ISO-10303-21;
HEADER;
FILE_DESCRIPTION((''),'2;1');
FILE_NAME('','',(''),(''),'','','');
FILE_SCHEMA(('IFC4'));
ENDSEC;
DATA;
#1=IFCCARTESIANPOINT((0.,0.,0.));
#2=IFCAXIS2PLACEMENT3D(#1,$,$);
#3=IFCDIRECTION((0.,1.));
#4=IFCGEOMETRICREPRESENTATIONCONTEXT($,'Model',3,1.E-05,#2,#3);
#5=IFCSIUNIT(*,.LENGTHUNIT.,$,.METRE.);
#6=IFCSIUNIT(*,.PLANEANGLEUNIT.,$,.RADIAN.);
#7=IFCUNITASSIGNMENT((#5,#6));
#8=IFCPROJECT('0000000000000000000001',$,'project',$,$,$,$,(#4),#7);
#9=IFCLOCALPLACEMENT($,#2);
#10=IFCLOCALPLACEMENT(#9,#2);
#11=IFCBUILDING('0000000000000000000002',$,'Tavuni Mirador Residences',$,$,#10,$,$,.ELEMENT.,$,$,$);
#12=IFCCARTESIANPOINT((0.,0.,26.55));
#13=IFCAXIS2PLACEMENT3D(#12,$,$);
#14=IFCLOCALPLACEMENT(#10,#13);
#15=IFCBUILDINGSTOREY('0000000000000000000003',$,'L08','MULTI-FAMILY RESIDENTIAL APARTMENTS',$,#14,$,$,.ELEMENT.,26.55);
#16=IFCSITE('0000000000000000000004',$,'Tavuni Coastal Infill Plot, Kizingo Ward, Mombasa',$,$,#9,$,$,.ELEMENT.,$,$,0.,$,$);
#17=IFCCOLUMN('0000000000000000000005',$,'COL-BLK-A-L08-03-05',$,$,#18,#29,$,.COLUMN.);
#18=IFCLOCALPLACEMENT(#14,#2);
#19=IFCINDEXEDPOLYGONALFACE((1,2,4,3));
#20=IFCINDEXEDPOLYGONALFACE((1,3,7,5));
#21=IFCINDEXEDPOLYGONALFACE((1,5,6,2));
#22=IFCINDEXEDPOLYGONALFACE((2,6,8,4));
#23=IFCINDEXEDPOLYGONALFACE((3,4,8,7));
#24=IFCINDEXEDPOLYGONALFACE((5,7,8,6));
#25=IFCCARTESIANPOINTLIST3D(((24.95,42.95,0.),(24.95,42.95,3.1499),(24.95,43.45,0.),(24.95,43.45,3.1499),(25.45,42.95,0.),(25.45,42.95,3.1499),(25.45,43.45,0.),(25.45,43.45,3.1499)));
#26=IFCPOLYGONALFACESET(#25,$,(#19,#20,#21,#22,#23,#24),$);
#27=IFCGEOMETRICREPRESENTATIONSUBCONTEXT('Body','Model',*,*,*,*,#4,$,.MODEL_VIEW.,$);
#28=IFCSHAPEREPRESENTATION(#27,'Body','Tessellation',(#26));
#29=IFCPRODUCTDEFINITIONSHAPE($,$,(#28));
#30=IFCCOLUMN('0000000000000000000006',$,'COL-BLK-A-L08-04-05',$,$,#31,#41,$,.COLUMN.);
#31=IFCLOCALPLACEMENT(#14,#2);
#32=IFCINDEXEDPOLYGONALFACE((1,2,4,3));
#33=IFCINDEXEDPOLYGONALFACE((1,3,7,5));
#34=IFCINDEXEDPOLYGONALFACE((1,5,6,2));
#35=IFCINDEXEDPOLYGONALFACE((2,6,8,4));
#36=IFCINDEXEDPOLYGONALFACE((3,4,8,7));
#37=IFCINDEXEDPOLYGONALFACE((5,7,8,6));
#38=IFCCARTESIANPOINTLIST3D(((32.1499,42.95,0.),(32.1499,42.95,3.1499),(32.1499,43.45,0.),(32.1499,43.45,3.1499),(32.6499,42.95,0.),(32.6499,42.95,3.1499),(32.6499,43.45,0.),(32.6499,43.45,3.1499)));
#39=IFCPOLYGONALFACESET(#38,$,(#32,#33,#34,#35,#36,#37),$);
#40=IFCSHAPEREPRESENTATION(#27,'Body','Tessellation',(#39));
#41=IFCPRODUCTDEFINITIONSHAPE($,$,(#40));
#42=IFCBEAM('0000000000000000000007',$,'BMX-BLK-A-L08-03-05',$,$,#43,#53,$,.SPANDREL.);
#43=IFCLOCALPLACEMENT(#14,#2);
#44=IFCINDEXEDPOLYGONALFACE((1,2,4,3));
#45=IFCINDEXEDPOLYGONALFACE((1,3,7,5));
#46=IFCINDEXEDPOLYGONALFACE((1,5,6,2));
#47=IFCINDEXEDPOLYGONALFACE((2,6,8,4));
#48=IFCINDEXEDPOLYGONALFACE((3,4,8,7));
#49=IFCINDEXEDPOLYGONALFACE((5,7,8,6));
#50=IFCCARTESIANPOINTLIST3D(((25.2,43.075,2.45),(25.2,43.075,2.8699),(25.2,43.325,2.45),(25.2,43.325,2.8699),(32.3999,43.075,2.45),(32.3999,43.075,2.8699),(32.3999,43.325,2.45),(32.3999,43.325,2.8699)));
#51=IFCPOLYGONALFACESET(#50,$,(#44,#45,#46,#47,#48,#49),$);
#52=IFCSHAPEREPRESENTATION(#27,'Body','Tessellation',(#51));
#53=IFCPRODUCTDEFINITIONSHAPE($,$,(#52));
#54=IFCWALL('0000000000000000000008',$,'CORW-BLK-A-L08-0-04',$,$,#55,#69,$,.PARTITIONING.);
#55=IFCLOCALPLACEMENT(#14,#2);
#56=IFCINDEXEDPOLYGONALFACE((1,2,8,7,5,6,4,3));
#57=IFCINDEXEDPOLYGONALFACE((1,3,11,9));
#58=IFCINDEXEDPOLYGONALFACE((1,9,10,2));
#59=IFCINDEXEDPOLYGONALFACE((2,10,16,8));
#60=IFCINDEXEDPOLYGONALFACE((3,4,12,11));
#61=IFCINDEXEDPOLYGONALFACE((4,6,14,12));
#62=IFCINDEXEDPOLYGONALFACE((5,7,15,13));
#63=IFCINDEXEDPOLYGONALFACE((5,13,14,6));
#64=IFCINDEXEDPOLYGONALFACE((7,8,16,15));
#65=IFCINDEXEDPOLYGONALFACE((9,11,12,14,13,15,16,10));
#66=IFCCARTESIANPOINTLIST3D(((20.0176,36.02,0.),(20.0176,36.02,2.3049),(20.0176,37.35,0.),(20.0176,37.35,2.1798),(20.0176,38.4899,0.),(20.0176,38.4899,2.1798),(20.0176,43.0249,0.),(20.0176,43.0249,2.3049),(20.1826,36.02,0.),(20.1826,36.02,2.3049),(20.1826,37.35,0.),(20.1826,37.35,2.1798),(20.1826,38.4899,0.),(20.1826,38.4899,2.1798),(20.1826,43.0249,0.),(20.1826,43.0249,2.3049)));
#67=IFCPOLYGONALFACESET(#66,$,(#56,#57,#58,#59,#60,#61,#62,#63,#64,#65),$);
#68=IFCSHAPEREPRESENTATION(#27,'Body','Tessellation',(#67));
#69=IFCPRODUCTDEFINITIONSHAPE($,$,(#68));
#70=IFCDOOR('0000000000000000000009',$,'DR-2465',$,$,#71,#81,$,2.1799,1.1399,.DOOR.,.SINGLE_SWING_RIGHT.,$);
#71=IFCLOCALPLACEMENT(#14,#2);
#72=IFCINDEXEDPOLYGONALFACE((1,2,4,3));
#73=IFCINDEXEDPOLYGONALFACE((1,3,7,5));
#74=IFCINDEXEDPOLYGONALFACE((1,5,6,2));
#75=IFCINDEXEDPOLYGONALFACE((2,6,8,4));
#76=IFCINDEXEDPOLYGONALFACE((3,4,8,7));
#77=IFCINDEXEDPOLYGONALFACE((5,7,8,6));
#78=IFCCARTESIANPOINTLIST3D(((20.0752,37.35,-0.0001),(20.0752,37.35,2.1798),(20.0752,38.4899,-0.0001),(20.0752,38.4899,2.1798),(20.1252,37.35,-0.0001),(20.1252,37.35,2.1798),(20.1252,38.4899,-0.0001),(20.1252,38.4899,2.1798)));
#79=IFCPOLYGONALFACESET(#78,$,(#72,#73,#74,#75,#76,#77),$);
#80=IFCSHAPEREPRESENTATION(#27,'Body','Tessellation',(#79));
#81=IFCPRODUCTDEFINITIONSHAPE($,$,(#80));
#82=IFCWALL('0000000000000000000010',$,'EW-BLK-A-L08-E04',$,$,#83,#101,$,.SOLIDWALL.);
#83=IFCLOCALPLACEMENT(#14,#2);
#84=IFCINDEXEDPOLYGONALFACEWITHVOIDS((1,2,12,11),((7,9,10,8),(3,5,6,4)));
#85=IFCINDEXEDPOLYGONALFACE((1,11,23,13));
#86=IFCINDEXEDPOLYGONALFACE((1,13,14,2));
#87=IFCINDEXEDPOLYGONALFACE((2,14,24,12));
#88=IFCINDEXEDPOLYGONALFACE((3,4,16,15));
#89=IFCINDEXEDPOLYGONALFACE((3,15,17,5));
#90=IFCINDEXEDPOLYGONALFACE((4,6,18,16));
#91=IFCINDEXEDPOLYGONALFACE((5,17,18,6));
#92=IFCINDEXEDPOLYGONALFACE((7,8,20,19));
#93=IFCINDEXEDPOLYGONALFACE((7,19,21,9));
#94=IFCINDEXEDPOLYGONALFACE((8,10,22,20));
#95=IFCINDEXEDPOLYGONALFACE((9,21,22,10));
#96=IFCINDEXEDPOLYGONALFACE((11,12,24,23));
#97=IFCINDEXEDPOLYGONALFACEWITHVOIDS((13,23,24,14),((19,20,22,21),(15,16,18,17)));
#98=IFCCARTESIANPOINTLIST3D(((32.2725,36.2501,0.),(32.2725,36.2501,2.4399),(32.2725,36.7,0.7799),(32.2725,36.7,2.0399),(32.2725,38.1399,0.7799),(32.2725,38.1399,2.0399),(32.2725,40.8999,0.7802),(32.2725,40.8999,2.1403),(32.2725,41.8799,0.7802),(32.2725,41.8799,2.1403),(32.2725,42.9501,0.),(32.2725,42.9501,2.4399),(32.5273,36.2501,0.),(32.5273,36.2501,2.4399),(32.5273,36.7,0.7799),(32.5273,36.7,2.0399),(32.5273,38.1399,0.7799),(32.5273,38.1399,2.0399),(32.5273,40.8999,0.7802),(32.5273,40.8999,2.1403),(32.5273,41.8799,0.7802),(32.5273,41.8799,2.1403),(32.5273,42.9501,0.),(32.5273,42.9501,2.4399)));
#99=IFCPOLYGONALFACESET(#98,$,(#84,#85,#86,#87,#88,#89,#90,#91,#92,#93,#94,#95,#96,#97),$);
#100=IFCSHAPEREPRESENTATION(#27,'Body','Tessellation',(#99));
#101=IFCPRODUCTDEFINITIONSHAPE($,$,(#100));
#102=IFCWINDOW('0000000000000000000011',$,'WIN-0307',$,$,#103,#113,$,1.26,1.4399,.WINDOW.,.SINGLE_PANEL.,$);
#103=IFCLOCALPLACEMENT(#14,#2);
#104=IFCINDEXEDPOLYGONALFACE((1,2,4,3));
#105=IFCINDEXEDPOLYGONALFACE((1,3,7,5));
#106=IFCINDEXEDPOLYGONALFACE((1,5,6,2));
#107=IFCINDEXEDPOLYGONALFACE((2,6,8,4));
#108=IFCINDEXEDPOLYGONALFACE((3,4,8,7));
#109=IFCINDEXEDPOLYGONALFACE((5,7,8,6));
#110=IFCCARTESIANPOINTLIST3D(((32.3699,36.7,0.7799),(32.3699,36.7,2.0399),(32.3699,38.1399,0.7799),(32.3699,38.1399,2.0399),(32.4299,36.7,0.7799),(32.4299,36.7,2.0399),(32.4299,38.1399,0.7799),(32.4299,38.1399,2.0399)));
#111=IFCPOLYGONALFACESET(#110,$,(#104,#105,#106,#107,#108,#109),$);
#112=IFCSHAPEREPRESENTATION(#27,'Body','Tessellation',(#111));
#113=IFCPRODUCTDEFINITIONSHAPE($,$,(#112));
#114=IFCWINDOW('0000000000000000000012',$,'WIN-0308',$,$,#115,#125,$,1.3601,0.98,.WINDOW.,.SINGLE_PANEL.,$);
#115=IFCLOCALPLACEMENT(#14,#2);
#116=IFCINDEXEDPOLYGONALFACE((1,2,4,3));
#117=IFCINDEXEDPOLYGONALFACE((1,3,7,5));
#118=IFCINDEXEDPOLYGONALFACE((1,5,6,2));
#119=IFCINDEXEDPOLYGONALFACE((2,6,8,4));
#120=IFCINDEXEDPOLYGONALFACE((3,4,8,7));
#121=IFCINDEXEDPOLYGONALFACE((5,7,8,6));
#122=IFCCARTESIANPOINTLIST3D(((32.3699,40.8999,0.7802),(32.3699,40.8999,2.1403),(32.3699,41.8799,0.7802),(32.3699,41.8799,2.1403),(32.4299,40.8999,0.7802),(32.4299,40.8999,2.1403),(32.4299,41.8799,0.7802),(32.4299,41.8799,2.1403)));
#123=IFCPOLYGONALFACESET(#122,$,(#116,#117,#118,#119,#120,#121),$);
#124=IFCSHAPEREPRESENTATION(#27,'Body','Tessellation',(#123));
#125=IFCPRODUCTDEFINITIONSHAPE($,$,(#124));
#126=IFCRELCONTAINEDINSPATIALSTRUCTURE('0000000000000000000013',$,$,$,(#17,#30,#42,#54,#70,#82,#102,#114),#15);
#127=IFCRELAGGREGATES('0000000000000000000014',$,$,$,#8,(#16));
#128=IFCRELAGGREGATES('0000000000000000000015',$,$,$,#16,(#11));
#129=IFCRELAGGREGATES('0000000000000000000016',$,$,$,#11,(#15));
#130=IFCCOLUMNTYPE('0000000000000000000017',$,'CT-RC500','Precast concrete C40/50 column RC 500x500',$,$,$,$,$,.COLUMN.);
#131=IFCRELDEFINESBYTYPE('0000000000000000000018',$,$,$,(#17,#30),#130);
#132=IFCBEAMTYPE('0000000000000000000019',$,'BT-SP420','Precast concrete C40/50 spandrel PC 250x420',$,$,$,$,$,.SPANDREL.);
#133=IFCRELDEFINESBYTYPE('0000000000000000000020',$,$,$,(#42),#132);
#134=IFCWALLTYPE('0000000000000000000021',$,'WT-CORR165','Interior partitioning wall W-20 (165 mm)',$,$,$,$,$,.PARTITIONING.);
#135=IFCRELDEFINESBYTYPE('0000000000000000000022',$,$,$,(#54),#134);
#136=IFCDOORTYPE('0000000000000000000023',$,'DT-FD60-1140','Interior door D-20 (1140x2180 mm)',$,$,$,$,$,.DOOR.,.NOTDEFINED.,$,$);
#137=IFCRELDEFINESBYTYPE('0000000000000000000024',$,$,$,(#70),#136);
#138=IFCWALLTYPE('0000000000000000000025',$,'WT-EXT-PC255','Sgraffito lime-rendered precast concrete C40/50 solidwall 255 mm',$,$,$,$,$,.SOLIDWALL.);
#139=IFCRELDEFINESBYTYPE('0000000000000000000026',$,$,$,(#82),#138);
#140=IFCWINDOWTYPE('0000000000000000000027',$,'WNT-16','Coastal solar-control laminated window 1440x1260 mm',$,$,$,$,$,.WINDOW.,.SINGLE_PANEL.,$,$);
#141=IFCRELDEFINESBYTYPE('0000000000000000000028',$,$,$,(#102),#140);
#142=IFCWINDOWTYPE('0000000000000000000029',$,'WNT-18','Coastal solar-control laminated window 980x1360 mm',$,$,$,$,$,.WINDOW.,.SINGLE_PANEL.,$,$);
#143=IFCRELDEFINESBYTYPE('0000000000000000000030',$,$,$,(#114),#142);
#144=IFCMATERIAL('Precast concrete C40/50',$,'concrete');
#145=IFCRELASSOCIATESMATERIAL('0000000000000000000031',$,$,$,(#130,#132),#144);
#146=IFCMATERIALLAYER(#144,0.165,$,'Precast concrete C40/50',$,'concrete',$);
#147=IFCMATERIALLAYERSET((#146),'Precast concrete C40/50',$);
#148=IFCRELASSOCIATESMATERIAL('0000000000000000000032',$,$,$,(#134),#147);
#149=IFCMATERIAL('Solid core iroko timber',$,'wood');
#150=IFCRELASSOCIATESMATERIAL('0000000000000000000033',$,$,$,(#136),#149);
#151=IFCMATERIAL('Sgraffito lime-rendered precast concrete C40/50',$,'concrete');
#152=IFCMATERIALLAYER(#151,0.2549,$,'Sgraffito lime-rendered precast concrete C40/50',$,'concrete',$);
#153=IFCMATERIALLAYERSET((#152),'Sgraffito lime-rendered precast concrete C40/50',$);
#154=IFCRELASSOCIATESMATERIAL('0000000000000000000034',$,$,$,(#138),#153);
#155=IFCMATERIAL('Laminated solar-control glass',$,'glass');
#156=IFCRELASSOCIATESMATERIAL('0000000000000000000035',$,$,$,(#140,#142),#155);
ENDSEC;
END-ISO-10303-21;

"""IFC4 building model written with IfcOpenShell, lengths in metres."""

from ifc_helpers import new_model, si_unit, direction, frame, frame_2d, origin, origin_2d, place, context, subcontext, project, spatial, rectangle, extrude, material, layer, layer_set, material_profile, profile_set, type_object, element, fill, save


model = new_model("IFC4")

# Units and contexts
model_context = context("Model", 3, precision=1e-05, world=origin(), true_north=direction((0.0, 1.0)))
body_context = subcontext(model_context, "Body", "Model", "MODEL_VIEW")
ifc_project = project(units=[si_unit("LENGTHUNIT", "METRE"), si_unit("PLANEANGLEUNIT", "RADIAN")], contexts=[model_context])

# Site, building, storey
site_placement = place(None, origin())
site = spatial("IfcSite", under=ifc_project, at=site_placement, Name="Tavuni Coastal Infill Plot, Kizingo Ward, Mombasa", CompositionType="ELEMENT", RefElevation=0.0)
building_placement = place(site_placement, origin())
building = spatial("IfcBuilding", under=site, at=building_placement, Name="Tavuni Mirador Residences", CompositionType="ELEMENT")
storey_placement = place(building_placement, frame((0.0, 0.0, 26.55)))
storey = spatial("IfcBuildingStorey", under=building, at=storey_placement, Name="L08", Description="MULTI-FAMILY RESIDENTIAL APARTMENTS", CompositionType="ELEMENT", Elevation=26.55)

# Columns
ifc_material_1 = material(Name="Precast concrete C40/50", Category="concrete")
ifc_material_profile_1 = material_profile(ifc_material_1, rectangle(XDim=0.5, YDim=0.5, at=origin_2d()), Name="RC 500x500", Category="concrete")
ifc_profile_set_1 = profile_set([ifc_material_profile_1], Name="Precast concrete C40/50")
column_type = type_object("IfcColumnType", Name="CT-RC500", Description="Precast concrete C40/50 column RC 500x500", PredefinedType="COLUMN", material=ifc_profile_set_1)
for number, where, z_axis, x_axis, name in (
    (1, (25.2, 43.2, 0.0), (0.0, 0.0, 1.0), (1.0, 0.0, 0.0), "COL-BLK-A-L08-03-05"),
    (2, (32.3999, 43.2, 0.0), (0.0, 0.0, 1.0), (1.0, 0.0, 0.0), "COL-BLK-A-L08-04-05"),
):
    element("IfcColumn", number, at=place(storey_placement, frame(where, z_axis=z_axis, x_axis=x_axis)), inside=storey, type_object=column_type, Name=name, PredefinedType="COLUMN", context=body_context, shape_type="SweptSolid", body=[
        extrude(rectangle(XDim=0.5, YDim=0.5, at=origin_2d()), origin(), (0.0, 0.0, 1.0), 3.1499),
    ])

# Beam
ifc_material_profile_2 = material_profile(ifc_material_1, rectangle(XDim=0.25, YDim=0.4199, at=origin_2d()), Name="PC 250x420", Category="concrete")
ifc_profile_set_2 = profile_set([ifc_material_profile_2], Name="Precast concrete C40/50")
beam_type = type_object("IfcBeamType", Name="BT-SP420", Description="Precast concrete C40/50 spandrel PC 250x420", PredefinedType="SPANDREL", material=ifc_profile_set_2)
beam_placement = place(storey_placement, frame((25.2, 43.2, 2.6599), z_axis=(1.0, 0.0, 0.0), x_axis=(0.0, 1.0, 0.0)))
element("IfcBeam", 3, at=beam_placement, inside=storey, type_object=beam_type, Name="BMX-BLK-A-L08-03-05", PredefinedType="SPANDREL", context=body_context, shape_type="SweptSolid", body=[
    extrude(rectangle(XDim=0.25, YDim=0.4199, at=origin_2d()), origin(), (0.0, 0.0, 1.0), 7.2),
])

# Wall, opening, door
ifc_layer_1 = layer(ifc_material_1, 0.165, Name="Precast concrete C40/50", Category="concrete")
ifc_layer_set_1 = layer_set([ifc_layer_1], Name="Precast concrete C40/50")
wall_type_1 = type_object("IfcWallType", Name="WT-CORR165", Description="Interior partitioning wall W-20 (165 mm)", PredefinedType="PARTITIONING", material=ifc_layer_set_1)
wall_1_placement = place(storey_placement, frame((20.1001, 36.02, 0.0), z_axis=(0.0, 0.0, 1.0), x_axis=(0.0, 1.0, 0.0)))
wall_1 = element("IfcWall", 4, at=wall_1_placement, inside=storey, type_object=wall_type_1, Name="CORW-BLK-A-L08-0-04", PredefinedType="PARTITIONING", context=body_context, shape_type="SweptSolid", body=[
    extrude(rectangle(XDim=7.0049, YDim=0.165, at=frame_2d((3.5024, 0.0))), origin(), (0.0, 0.0, 1.0), 2.3049),
])
opening_1_placement = place(wall_1_placement, frame((1.3301, 0.0, 0.0)))
opening_1 = element("IfcOpeningElement", 5, at=opening_1_placement, cuts=wall_1, PredefinedType="OPENING", context=body_context, shape_type="SweptSolid", body=[
    extrude(rectangle(XDim=1.1399, YDim=2.1799, at=frame_2d((0.5698, 1.0898))), frame((0.0, 0.0925, 0.0), z_axis=(0.0, -1.0, 0.0), x_axis=(1.0, 0.0, 0.0)), (0.0, 0.0, 1.0), 0.1851),
])
ifc_material_2 = material(Name="Solid core iroko timber", Category="wood")
door_type_1 = type_object("IfcDoorType", Name="DT-FD60-1140", Description="Interior door D-20 (1140x2180 mm)", OperationType="NOTDEFINED", PredefinedType="DOOR", material=ifc_material_2)
door_1_placement = place(opening_1_placement, origin())
door_1 = element("IfcDoor", 6, at=door_1_placement, inside=storey, type_object=door_type_1, Name="DR-2465", OperationType="SINGLE_SWING_RIGHT", OverallHeight=2.1799, OverallWidth=1.1399, PredefinedType="DOOR", context=body_context, shape_type="SweptSolid", body=[
    extrude(rectangle(XDim=1.1399, YDim=2.1799, at=frame_2d((0.5698, 1.0898))), frame((0.0, 0.0249, 0.0), z_axis=(0.0, -1.0, 0.0), x_axis=(1.0, 0.0, 0.0)), (0.0, 0.0, 1.0), 0.05),
])
fill(opening_1, door_1)

# Wall, openings, windows
ifc_material_3 = material(Name="Sgraffito lime-rendered precast concrete C40/50", Category="concrete")
ifc_layer_2 = layer(ifc_material_3, 0.2549, Name="Sgraffito lime-rendered precast concrete C40/50", Category="concrete")
ifc_layer_set_2 = layer_set([ifc_layer_2], Name="Sgraffito lime-rendered precast concrete C40/50")
wall_type_2 = type_object("IfcWallType", Name="WT-EXT-PC255", Description="Sgraffito lime-rendered precast concrete C40/50 solidwall 255 mm", PredefinedType="SOLIDWALL", material=ifc_layer_set_2)
wall_2_placement = place(storey_placement, frame((32.3999, 36.25, 0.0), z_axis=(0.0, 0.0, 1.0), x_axis=(0.0, 1.0, 0.0)))
wall_2 = element("IfcWall", 7, at=wall_2_placement, inside=storey, type_object=wall_type_2, Name="EW-BLK-A-L08-E04", PredefinedType="SOLIDWALL", context=body_context, shape_type="SweptSolid", body=[
    extrude(rectangle(XDim=6.7, YDim=0.2549, at=frame_2d((3.3501, 0.0))), origin(), (0.0, 0.0, 1.0), 2.4399),
])
opening_2_placement = place(wall_2_placement, frame((0.45, 0.0, 0.78)))
opening_2 = element("IfcOpeningElement", 8, at=opening_2_placement, cuts=wall_2, PredefinedType="OPENING", context=body_context, shape_type="SweptSolid", body=[
    extrude(rectangle(XDim=1.4399, YDim=1.26, at=frame_2d((0.72, 0.6299))), frame((0.0, 0.1375, 0.0), z_axis=(0.0, -1.0, 0.0), x_axis=(1.0, 0.0, 0.0)), (0.0, 0.0, 1.0), 0.2749),
])
opening_3_placement = place(wall_2_placement, frame((4.6499, 0.0, 0.78)))
opening_3 = element("IfcOpeningElement", 9, at=opening_3_placement, cuts=wall_2, PredefinedType="OPENING", context=body_context, shape_type="SweptSolid", body=[
    extrude(rectangle(XDim=0.98, YDim=1.3601, at=frame_2d((0.49, 0.6802))), frame((0.0, 0.1375, 0.0), z_axis=(0.0, -1.0, 0.0), x_axis=(1.0, 0.0, 0.0)), (0.0, 0.0, 1.0), 0.2749),
])
ifc_material_4 = material(Name="Laminated solar-control glass", Category="glass")
window_type_1 = type_object("IfcWindowType", Name="WNT-16", Description="Coastal solar-control laminated window 1440x1260 mm", PartitioningType="SINGLE_PANEL", PredefinedType="WINDOW", material=ifc_material_4)
window_1_placement = place(opening_2_placement, origin())
window_1 = element("IfcWindow", 10, at=window_1_placement, inside=storey, type_object=window_type_1, Name="WIN-0307", OverallHeight=1.26, OverallWidth=1.4399, PartitioningType="SINGLE_PANEL", PredefinedType="WINDOW", context=body_context, shape_type="SweptSolid", body=[
    extrude(rectangle(XDim=1.4399, YDim=1.26, at=frame_2d((0.72, 0.6299))), frame((0.0, 0.03, 0.0), z_axis=(0.0, -1.0, 0.0), x_axis=(1.0, 0.0, 0.0)), (0.0, 0.0, 1.0), 0.0601),
])
fill(opening_2, window_1)
window_type_2 = type_object("IfcWindowType", Name="WNT-18", Description="Coastal solar-control laminated window 980x1360 mm", PartitioningType="SINGLE_PANEL", PredefinedType="WINDOW", material=ifc_material_4)
window_2_placement = place(opening_3_placement, origin())
window_2 = element("IfcWindow", 11, at=window_2_placement, inside=storey, type_object=window_type_2, Name="WIN-0308", OverallHeight=1.3601, OverallWidth=0.98, PartitioningType="SINGLE_PANEL", PredefinedType="WINDOW", context=body_context, shape_type="SweptSolid", body=[
    extrude(rectangle(XDim=0.98, YDim=1.3601, at=frame_2d((0.49, 0.6802))), frame((0.0, 0.03, 0.0), z_axis=(0.0, -1.0, 0.0), x_axis=(1.0, 0.0, 0.0)), (0.0, 0.0, 1.0), 0.0601),
])
fill(opening_3, window_2)

save(model, "model.ifc")
